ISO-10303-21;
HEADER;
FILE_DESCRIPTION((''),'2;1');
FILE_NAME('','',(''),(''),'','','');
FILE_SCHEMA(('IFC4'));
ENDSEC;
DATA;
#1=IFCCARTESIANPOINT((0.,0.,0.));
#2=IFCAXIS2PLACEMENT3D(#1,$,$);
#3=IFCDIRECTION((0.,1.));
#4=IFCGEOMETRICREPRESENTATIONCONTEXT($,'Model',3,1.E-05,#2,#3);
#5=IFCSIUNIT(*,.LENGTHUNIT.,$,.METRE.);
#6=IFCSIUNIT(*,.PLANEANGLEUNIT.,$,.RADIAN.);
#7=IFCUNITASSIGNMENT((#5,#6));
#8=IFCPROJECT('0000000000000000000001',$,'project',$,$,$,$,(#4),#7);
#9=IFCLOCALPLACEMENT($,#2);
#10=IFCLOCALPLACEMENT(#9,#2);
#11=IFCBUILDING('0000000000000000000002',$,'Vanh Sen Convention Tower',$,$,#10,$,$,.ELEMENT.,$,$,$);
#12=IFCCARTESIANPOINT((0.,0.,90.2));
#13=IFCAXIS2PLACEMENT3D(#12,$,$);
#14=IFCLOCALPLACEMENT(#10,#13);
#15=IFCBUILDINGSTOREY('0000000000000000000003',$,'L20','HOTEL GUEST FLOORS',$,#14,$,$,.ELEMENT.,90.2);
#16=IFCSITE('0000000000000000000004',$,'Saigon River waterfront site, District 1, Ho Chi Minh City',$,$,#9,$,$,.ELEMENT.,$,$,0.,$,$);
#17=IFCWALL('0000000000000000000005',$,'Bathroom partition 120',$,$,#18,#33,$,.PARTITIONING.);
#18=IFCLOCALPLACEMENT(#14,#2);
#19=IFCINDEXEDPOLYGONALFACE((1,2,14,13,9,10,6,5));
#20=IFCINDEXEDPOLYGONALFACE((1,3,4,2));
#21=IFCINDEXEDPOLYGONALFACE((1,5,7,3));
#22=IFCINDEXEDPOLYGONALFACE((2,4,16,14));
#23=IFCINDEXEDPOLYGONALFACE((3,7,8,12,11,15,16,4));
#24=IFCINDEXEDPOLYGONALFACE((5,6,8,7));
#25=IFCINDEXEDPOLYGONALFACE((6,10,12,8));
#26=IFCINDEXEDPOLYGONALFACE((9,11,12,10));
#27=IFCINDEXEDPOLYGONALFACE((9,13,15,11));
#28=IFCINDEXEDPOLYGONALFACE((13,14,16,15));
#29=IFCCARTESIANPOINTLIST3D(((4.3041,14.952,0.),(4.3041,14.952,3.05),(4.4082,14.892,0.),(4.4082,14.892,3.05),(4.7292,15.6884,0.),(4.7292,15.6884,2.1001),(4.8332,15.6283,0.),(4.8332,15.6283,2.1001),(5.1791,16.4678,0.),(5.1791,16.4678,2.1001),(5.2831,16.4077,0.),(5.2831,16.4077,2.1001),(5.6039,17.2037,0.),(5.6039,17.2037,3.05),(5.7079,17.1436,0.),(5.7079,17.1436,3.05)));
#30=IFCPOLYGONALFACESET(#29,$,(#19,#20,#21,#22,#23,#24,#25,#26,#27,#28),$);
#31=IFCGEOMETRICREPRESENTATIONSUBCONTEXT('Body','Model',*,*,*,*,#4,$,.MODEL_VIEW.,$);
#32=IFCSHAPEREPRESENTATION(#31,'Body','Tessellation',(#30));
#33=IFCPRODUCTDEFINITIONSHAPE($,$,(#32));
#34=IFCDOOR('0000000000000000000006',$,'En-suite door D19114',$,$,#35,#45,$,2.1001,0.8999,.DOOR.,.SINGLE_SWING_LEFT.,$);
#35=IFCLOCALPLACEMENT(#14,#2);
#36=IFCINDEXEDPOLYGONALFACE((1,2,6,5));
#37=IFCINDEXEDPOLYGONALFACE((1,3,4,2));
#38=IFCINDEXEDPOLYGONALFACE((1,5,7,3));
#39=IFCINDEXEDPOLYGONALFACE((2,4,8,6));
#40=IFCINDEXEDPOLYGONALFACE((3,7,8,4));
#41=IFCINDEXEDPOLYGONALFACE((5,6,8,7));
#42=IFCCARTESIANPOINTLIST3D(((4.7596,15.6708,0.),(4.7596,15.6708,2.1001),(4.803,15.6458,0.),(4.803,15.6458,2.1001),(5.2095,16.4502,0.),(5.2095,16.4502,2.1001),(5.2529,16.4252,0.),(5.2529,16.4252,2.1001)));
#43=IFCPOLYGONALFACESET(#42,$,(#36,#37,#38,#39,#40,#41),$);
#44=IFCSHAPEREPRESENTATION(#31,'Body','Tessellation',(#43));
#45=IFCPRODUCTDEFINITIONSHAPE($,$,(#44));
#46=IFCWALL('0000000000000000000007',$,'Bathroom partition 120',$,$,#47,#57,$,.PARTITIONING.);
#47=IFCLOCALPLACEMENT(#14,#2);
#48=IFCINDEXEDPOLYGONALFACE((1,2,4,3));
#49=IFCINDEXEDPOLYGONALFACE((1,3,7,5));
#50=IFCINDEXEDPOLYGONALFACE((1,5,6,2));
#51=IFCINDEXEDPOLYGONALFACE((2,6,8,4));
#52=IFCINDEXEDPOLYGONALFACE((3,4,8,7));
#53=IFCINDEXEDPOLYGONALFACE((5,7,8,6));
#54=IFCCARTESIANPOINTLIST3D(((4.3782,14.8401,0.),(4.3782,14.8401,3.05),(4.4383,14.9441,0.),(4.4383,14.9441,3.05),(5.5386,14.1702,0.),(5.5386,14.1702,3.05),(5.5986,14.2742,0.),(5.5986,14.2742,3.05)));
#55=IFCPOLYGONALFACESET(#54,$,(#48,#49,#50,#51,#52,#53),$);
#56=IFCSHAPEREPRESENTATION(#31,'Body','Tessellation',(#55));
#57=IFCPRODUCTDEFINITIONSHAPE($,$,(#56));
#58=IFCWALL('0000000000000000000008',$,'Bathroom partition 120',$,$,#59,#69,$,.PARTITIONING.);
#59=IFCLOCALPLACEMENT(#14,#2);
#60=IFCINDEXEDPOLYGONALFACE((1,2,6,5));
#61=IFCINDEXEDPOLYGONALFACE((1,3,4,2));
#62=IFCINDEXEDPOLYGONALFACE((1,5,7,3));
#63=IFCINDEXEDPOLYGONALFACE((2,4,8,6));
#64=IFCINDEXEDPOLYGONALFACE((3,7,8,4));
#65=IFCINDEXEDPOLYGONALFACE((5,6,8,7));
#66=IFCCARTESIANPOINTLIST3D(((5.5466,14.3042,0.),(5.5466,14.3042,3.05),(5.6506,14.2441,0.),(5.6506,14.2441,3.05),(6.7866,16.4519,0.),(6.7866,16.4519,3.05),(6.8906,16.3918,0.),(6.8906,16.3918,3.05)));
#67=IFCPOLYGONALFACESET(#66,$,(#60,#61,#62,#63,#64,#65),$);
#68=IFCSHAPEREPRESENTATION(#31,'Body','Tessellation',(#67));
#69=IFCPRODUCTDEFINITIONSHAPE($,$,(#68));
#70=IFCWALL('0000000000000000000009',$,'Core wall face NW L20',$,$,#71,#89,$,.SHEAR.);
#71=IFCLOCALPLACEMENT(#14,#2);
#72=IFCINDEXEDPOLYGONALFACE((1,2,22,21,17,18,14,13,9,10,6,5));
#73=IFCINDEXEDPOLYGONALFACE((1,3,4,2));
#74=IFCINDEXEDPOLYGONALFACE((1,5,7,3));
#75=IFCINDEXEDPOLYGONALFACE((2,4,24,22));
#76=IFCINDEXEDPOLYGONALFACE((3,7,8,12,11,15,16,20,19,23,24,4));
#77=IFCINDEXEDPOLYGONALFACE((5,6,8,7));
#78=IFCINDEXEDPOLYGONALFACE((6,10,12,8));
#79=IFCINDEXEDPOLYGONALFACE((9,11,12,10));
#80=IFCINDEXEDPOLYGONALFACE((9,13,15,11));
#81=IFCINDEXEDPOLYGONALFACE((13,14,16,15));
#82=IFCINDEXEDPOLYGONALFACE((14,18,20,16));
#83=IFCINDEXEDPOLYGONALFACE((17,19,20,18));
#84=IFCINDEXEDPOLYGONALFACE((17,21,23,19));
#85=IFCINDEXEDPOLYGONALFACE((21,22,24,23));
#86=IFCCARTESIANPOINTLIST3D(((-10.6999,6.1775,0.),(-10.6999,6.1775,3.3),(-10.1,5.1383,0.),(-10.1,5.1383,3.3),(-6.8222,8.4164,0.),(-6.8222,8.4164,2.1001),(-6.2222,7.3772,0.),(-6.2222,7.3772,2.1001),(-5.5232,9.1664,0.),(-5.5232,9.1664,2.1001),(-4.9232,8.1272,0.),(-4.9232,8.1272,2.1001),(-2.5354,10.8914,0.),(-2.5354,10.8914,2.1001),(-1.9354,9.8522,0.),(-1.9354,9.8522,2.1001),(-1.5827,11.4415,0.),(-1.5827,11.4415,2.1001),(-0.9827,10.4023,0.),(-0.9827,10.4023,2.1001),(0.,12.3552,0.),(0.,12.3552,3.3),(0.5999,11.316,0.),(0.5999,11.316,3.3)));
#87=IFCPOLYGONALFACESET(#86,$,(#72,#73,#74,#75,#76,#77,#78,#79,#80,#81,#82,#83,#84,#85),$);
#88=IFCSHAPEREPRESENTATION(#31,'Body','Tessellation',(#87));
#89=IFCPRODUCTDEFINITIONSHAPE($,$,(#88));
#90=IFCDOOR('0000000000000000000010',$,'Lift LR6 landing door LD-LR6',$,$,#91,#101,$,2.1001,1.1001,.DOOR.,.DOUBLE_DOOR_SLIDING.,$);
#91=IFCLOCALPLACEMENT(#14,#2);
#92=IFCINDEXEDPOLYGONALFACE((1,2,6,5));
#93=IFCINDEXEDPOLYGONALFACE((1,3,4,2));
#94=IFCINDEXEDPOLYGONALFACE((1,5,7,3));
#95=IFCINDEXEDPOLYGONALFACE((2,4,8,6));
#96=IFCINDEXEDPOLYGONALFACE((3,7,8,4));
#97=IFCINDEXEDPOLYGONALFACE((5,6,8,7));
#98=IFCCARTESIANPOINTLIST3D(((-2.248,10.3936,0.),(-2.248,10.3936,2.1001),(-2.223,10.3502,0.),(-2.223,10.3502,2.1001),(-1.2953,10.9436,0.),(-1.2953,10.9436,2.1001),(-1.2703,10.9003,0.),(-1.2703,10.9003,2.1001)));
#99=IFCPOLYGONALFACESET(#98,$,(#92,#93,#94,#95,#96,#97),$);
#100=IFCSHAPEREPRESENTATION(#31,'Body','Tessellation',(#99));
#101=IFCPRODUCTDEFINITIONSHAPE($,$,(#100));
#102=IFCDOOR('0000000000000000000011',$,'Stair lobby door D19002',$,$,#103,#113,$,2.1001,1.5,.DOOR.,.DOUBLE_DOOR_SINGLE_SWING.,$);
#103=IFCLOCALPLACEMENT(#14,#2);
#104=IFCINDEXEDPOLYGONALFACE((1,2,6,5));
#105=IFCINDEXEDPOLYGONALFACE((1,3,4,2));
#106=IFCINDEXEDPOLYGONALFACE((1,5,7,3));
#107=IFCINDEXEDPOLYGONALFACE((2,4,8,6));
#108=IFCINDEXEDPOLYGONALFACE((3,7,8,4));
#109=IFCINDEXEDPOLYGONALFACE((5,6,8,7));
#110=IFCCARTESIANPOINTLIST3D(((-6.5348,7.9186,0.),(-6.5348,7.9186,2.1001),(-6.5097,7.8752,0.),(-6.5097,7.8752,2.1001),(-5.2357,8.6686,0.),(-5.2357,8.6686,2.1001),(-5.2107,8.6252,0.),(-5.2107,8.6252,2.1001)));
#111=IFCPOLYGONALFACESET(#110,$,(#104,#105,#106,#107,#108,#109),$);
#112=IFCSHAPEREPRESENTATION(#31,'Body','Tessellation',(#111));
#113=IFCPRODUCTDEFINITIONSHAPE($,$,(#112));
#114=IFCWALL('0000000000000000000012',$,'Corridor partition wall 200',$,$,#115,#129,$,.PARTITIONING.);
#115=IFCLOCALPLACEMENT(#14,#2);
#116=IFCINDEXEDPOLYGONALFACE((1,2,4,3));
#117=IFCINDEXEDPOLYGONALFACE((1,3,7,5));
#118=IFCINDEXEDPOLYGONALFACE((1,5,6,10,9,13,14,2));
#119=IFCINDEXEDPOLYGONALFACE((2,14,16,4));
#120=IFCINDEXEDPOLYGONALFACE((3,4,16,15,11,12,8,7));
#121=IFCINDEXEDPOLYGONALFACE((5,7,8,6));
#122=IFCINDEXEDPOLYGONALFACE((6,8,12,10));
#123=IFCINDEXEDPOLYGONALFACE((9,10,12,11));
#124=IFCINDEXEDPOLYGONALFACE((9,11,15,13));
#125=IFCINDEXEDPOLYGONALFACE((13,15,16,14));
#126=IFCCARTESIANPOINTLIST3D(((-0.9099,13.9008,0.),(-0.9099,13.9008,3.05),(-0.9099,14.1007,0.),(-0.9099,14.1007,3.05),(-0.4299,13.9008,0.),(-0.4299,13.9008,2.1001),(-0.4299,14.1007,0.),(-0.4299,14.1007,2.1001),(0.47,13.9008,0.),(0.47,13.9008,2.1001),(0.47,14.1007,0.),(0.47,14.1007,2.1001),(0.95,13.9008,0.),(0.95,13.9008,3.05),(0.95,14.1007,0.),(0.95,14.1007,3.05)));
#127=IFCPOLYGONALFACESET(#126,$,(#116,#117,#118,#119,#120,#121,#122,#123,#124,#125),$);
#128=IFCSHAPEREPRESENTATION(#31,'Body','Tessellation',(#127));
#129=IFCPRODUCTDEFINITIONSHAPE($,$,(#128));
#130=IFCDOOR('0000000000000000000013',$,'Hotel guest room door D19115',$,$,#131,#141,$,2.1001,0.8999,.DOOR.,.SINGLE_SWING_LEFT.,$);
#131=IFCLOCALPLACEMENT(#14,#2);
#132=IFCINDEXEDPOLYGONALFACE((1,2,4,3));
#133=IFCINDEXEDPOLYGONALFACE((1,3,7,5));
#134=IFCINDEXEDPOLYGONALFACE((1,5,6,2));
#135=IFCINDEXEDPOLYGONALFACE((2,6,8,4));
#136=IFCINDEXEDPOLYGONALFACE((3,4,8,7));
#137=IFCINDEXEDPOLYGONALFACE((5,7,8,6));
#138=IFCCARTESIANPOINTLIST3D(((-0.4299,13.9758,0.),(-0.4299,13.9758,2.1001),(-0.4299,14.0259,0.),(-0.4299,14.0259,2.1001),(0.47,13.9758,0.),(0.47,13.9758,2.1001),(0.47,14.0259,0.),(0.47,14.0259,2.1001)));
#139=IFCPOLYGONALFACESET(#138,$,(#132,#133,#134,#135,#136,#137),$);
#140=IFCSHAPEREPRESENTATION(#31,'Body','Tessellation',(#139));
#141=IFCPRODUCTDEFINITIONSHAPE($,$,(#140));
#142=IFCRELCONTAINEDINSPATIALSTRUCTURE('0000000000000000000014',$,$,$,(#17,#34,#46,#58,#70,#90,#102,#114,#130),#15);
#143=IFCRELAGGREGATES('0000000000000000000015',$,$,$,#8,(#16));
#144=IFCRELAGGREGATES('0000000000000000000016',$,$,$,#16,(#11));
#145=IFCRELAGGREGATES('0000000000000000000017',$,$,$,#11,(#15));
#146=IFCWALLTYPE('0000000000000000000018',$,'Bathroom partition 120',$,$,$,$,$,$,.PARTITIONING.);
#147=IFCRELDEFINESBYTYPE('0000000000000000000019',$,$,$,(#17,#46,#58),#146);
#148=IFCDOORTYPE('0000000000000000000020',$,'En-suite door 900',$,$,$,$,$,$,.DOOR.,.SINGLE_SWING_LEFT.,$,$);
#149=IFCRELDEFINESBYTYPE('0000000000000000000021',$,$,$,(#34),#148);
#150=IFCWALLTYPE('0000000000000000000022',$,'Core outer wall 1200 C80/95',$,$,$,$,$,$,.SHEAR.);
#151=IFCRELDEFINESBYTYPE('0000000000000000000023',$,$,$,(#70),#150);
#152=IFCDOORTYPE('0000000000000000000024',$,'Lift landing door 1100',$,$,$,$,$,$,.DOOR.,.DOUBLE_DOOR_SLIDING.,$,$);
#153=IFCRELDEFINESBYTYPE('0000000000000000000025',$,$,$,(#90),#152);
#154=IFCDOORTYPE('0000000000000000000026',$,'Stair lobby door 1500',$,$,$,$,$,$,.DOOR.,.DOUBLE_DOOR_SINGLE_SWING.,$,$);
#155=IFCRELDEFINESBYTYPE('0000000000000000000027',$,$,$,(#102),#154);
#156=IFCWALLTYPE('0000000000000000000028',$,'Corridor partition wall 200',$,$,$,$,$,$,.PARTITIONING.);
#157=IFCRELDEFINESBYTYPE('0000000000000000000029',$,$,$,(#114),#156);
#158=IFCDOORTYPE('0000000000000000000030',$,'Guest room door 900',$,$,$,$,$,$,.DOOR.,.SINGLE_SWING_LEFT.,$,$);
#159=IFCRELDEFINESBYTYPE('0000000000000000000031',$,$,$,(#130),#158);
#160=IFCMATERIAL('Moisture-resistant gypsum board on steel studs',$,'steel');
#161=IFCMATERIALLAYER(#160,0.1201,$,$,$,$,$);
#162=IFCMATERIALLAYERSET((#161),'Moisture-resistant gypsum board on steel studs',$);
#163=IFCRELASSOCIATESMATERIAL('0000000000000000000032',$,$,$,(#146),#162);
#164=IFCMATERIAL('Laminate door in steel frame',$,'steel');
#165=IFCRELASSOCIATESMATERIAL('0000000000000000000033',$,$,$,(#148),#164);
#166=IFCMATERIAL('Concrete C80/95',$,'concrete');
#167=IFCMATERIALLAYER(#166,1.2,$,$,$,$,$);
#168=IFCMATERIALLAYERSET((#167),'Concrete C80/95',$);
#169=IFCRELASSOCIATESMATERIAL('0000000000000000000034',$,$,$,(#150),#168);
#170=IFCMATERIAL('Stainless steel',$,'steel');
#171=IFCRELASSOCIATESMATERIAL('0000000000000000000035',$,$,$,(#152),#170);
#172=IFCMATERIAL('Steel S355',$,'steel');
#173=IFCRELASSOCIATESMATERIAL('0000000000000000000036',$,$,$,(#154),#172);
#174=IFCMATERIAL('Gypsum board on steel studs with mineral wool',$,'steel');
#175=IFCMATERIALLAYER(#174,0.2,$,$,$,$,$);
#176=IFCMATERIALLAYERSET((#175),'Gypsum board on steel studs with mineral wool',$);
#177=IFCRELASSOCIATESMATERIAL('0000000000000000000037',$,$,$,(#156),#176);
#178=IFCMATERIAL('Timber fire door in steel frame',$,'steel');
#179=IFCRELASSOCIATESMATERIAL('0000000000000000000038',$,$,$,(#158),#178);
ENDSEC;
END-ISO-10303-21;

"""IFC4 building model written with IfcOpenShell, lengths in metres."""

from ifc_helpers import new_model, si_unit, direction, frame, frame_2d, origin, place, context, subcontext, project, spatial, rectangle, extrude, material, layer, layer_set, type_object, element, fill, save


model = new_model("IFC4")

# Units and contexts
model_context = context("Model", 3, precision=1e-05, world=origin(), true_north=direction((0.0, 1.0)))
body_context = subcontext(model_context, "Body", "Model", "MODEL_VIEW")
ifc_project = project(units=[si_unit("LENGTHUNIT", "METRE"), si_unit("PLANEANGLEUNIT", "RADIAN")], contexts=[model_context])

# Site, building, storey
site_placement = place(None, origin())
site = spatial("IfcSite", under=ifc_project, at=site_placement, Name="Saigon River waterfront site, District 1, Ho Chi Minh City", CompositionType="ELEMENT", RefElevation=0.0)
building_placement = place(site_placement, origin())
building = spatial("IfcBuilding", under=site, at=building_placement, Name="Vanh Sen Convention Tower", CompositionType="ELEMENT")
storey_placement = place(building_placement, frame((0.0, 0.0, 90.2)))
storey = spatial("IfcBuildingStorey", under=building, at=storey_placement, Name="L20", Description="HOTEL GUEST FLOORS", CompositionType="ELEMENT", Elevation=90.2)

# Wall, opening, door
ifc_material_1 = material(Name="Moisture-resistant gypsum board on steel studs", Category="steel")
ifc_layer_1 = layer(ifc_material_1, 0.1201)
ifc_layer_set_1 = layer_set([ifc_layer_1], Name="Moisture-resistant gypsum board on steel studs")
wall_type_1 = type_object("IfcWallType", Name="Bathroom partition 120", PredefinedType="PARTITIONING", material=ifc_layer_set_1)
wall_1_placement = place(storey_placement, frame((4.3562, 14.9221, 0.0), z_axis=(0.0, 0.0, 1.0), x_axis=(0.499937, 0.866062, 0.0)))
wall_1 = element("IfcWall", 1, at=wall_1_placement, inside=storey, type_object=wall_type_1, Name="Bathroom partition 120", PredefinedType="PARTITIONING", context=body_context, shape_type="SweptSolid", body=[
    extrude(rectangle(XDim=2.5999, YDim=0.1201, at=frame_2d((1.2998, 0.0))), origin(), (0.0, 0.0, 1.0), 3.05),
])
opening_1_placement = place(wall_1_placement, frame((0.8501, 0.0, 0.0)))
opening_1 = element("IfcOpeningElement", 2, at=opening_1_placement, cuts=wall_1, PredefinedType="OPENING", context=body_context, shape_type="SweptSolid", body=[
    extrude(rectangle(XDim=0.8999, YDim=2.1001, at=frame_2d((0.45, 1.05))), frame((0.0, 0.0701, 0.0), z_axis=(0.0, -1.0, 0.0), x_axis=(1.0, 0.0, 0.0)), (0.0, 0.0, 1.0), 0.1401),
])
ifc_material_2 = material(Name="Laminate door in steel frame", Category="steel")
door_type_1 = type_object("IfcDoorType", Name="En-suite door 900", OperationType="SINGLE_SWING_LEFT", PredefinedType="DOOR", material=ifc_material_2)
door_1_placement = place(opening_1_placement, origin())
door_1 = element("IfcDoor", 3, at=door_1_placement, inside=storey, type_object=door_type_1, Name="En-suite door D19114", OperationType="SINGLE_SWING_LEFT", OverallHeight=2.1001, OverallWidth=0.8999, PredefinedType="DOOR", context=body_context, shape_type="SweptSolid", body=[
    extrude(rectangle(XDim=0.8999, YDim=2.1001, at=frame_2d((0.45, 1.05))), frame((0.0, 0.0249, 0.0), z_axis=(0.0, -1.0, 0.0), x_axis=(1.0, 0.0, 0.0)), (0.0, 0.0, 1.0), 0.05),
])
fill(opening_1, door_1)

# Walls
wall_2_placement = place(storey_placement, frame((5.5686, 14.2222, 0.0), z_axis=(0.0, 0.0, 1.0), x_axis=(-0.866037, 0.49998, 0.0)))
element("IfcWall", 4, at=wall_2_placement, inside=storey, type_object=wall_type_1, Name="Bathroom partition 120", PredefinedType="PARTITIONING", context=body_context, shape_type="SweptSolid", body=[
    extrude(rectangle(XDim=1.3398, YDim=0.1201, at=frame_2d((0.6699, 0.0))), origin(), (0.0, 0.0, 1.0), 3.05),
])
wall_3_placement = place(storey_placement, frame((6.8386, 16.4219, 0.0), z_axis=(0.0, 0.0, 1.0), x_axis=(-0.500004, -0.866023, 0.0)))
element("IfcWall", 5, at=wall_3_placement, inside=storey, type_object=wall_type_1, Name="Bathroom partition 120", PredefinedType="PARTITIONING", context=body_context, shape_type="SweptSolid", body=[
    extrude(rectangle(XDim=2.48, YDim=0.1201, at=frame_2d((1.24, 0.0))), origin(), (0.0, 0.0, 1.0), 3.05),
])

# Wall, openings, doors
ifc_material_3 = material(Name="Concrete C80/95", Category="concrete")
ifc_layer_2 = layer(ifc_material_3, 1.2)
ifc_layer_set_2 = layer_set([ifc_layer_2], Name="Concrete C80/95")
wall_type_2 = type_object("IfcWallType", Name="Core outer wall 1200 C80/95", PredefinedType="SHEAR", material=ifc_layer_set_2)
wall_4_placement = place(storey_placement, frame((0.3, 11.8357, 0.0), z_axis=(0.0, 0.0, 1.0), x_axis=(-0.866021, -0.500007, 0.0)))
wall_4 = element("IfcWall", 6, at=wall_4_placement, inside=storey, type_object=wall_type_2, Name="Core wall face NW L20", PredefinedType="SHEAR", context=body_context, shape_type="SweptSolid", body=[
    extrude(rectangle(XDim=12.3552, YDim=1.2, at=frame_2d((6.1777, 0.0))), origin(), (0.0, 0.0, 1.0), 3.3),
])
opening_2_placement = place(wall_4_placement, frame((6.3777, 0.0, 0.0)))
opening_2 = element("IfcOpeningElement", 7, at=opening_2_placement, cuts=wall_4, PredefinedType="OPENING", context=body_context, shape_type="SweptSolid", body=[
    extrude(rectangle(XDim=1.5, YDim=2.1001, at=frame_2d((0.75, 1.05))), frame((0.0, 0.6099, 0.0), z_axis=(0.0, -1.0, 0.0), x_axis=(1.0, 0.0, 0.0)), (0.0, 0.0, 1.0), 1.22),
])
opening_3_placement = place(wall_4_placement, frame((1.8276, 0.0, 0.0)))
opening_3 = element("IfcOpeningElement", 8, at=opening_3_placement, cuts=wall_4, PredefinedType="OPENING", context=body_context, shape_type="SweptSolid", body=[
    extrude(rectangle(XDim=1.1001, YDim=2.1001, at=frame_2d((0.55, 1.05))), frame((0.0, 0.6099, 0.0), z_axis=(0.0, -1.0, 0.0), x_axis=(1.0, 0.0, 0.0)), (0.0, 0.0, 1.0), 1.22),
])
ifc_material_4 = material(Name="Stainless steel", Category="steel")
door_type_2 = type_object("IfcDoorType", Name="Lift landing door 1100", OperationType="DOUBLE_DOOR_SLIDING", PredefinedType="DOOR", material=ifc_material_4)
door_2_placement = place(opening_3_placement, origin())
door_2 = element("IfcDoor", 9, at=door_2_placement, inside=storey, type_object=door_type_2, Name="Lift LR6 landing door LD-LR6", OperationType="DOUBLE_DOOR_SLIDING", OverallHeight=2.1001, OverallWidth=1.1001, PredefinedType="DOOR", context=body_context, shape_type="SweptSolid", body=[
    extrude(rectangle(XDim=1.1001, YDim=2.1001, at=frame_2d((0.55, 1.05))), frame((0.0, 0.0249, 0.0), z_axis=(0.0, -1.0, 0.0), x_axis=(1.0, 0.0, 0.0)), (0.0, 0.0, 1.0), 0.05),
])
fill(opening_3, door_2)
ifc_material_5 = material(Name="Steel S355", Category="steel")
door_type_3 = type_object("IfcDoorType", Name="Stair lobby door 1500", OperationType="DOUBLE_DOOR_SINGLE_SWING", PredefinedType="DOOR", material=ifc_material_5)
door_3_placement = place(opening_2_placement, origin())
door_3 = element("IfcDoor", 10, at=door_3_placement, inside=storey, type_object=door_type_3, Name="Stair lobby door D19002", OperationType="DOUBLE_DOOR_SINGLE_SWING", OverallHeight=2.1001, OverallWidth=1.5, PredefinedType="DOOR", context=body_context, shape_type="SweptSolid", body=[
    extrude(rectangle(XDim=1.5, YDim=2.1001, at=frame_2d((0.75, 1.05))), frame((0.0, 0.0249, 0.0), z_axis=(0.0, -1.0, 0.0), x_axis=(1.0, 0.0, 0.0)), (0.0, 0.0, 1.0), 0.05),
])
fill(opening_2, door_3)

# Wall, opening, door
ifc_material_6 = material(Name="Gypsum board on steel studs with mineral wool", Category="steel")
ifc_layer_3 = layer(ifc_material_6, 0.2)
ifc_layer_set_3 = layer_set([ifc_layer_3], Name="Gypsum board on steel studs with mineral wool")
wall_type_3 = type_object("IfcWallType", Name="Corridor partition wall 200", PredefinedType="PARTITIONING", material=ifc_layer_set_3)
wall_5_placement = place(storey_placement, frame((0.95, 14.0007, 0.0), z_axis=(0.0, 0.0, 1.0), x_axis=(-1.0, 0.0, 0.0)))
wall_5 = element("IfcWall", 11, at=wall_5_placement, inside=storey, type_object=wall_type_3, Name="Corridor partition wall 200", PredefinedType="PARTITIONING", context=body_context, shape_type="SweptSolid", body=[
    extrude(rectangle(XDim=1.8599, YDim=0.2, at=frame_2d((0.9299, 0.0))), origin(), (0.0, 0.0, 1.0), 3.05),
])
opening_4_placement = place(wall_5_placement, frame((0.48, 0.0, 0.0)))
opening_4 = element("IfcOpeningElement", 12, at=opening_4_placement, cuts=wall_5, PredefinedType="OPENING", context=body_context, shape_type="SweptSolid", body=[
    extrude(rectangle(XDim=0.8999, YDim=2.1001, at=frame_2d((0.45, 1.05))), frame((0.0, 0.1099, 0.0), z_axis=(0.0, -1.0, 0.0), x_axis=(1.0, 0.0, 0.0)), (0.0, 0.0, 1.0), 0.22),
])
ifc_material_7 = material(Name="Timber fire door in steel frame", Category="steel")
door_type_4 = type_object("IfcDoorType", Name="Guest room door 900", OperationType="SINGLE_SWING_LEFT", PredefinedType="DOOR", material=ifc_material_7)
door_4_placement = place(opening_4_placement, origin())
door_4 = element("IfcDoor", 13, at=door_4_placement, inside=storey, type_object=door_type_4, Name="Hotel guest room door D19115", OperationType="SINGLE_SWING_LEFT", OverallHeight=2.1001, OverallWidth=0.8999, PredefinedType="DOOR", context=body_context, shape_type="SweptSolid", body=[
    extrude(rectangle(XDim=0.8999, YDim=2.1001, at=frame_2d((0.45, 1.05))), frame((0.0, 0.0249, 0.0), z_axis=(0.0, -1.0, 0.0), x_axis=(1.0, 0.0, 0.0)), (0.0, 0.0, 1.0), 0.05),
])
fill(opening_4, door_4)

save(model, "model.ifc")
